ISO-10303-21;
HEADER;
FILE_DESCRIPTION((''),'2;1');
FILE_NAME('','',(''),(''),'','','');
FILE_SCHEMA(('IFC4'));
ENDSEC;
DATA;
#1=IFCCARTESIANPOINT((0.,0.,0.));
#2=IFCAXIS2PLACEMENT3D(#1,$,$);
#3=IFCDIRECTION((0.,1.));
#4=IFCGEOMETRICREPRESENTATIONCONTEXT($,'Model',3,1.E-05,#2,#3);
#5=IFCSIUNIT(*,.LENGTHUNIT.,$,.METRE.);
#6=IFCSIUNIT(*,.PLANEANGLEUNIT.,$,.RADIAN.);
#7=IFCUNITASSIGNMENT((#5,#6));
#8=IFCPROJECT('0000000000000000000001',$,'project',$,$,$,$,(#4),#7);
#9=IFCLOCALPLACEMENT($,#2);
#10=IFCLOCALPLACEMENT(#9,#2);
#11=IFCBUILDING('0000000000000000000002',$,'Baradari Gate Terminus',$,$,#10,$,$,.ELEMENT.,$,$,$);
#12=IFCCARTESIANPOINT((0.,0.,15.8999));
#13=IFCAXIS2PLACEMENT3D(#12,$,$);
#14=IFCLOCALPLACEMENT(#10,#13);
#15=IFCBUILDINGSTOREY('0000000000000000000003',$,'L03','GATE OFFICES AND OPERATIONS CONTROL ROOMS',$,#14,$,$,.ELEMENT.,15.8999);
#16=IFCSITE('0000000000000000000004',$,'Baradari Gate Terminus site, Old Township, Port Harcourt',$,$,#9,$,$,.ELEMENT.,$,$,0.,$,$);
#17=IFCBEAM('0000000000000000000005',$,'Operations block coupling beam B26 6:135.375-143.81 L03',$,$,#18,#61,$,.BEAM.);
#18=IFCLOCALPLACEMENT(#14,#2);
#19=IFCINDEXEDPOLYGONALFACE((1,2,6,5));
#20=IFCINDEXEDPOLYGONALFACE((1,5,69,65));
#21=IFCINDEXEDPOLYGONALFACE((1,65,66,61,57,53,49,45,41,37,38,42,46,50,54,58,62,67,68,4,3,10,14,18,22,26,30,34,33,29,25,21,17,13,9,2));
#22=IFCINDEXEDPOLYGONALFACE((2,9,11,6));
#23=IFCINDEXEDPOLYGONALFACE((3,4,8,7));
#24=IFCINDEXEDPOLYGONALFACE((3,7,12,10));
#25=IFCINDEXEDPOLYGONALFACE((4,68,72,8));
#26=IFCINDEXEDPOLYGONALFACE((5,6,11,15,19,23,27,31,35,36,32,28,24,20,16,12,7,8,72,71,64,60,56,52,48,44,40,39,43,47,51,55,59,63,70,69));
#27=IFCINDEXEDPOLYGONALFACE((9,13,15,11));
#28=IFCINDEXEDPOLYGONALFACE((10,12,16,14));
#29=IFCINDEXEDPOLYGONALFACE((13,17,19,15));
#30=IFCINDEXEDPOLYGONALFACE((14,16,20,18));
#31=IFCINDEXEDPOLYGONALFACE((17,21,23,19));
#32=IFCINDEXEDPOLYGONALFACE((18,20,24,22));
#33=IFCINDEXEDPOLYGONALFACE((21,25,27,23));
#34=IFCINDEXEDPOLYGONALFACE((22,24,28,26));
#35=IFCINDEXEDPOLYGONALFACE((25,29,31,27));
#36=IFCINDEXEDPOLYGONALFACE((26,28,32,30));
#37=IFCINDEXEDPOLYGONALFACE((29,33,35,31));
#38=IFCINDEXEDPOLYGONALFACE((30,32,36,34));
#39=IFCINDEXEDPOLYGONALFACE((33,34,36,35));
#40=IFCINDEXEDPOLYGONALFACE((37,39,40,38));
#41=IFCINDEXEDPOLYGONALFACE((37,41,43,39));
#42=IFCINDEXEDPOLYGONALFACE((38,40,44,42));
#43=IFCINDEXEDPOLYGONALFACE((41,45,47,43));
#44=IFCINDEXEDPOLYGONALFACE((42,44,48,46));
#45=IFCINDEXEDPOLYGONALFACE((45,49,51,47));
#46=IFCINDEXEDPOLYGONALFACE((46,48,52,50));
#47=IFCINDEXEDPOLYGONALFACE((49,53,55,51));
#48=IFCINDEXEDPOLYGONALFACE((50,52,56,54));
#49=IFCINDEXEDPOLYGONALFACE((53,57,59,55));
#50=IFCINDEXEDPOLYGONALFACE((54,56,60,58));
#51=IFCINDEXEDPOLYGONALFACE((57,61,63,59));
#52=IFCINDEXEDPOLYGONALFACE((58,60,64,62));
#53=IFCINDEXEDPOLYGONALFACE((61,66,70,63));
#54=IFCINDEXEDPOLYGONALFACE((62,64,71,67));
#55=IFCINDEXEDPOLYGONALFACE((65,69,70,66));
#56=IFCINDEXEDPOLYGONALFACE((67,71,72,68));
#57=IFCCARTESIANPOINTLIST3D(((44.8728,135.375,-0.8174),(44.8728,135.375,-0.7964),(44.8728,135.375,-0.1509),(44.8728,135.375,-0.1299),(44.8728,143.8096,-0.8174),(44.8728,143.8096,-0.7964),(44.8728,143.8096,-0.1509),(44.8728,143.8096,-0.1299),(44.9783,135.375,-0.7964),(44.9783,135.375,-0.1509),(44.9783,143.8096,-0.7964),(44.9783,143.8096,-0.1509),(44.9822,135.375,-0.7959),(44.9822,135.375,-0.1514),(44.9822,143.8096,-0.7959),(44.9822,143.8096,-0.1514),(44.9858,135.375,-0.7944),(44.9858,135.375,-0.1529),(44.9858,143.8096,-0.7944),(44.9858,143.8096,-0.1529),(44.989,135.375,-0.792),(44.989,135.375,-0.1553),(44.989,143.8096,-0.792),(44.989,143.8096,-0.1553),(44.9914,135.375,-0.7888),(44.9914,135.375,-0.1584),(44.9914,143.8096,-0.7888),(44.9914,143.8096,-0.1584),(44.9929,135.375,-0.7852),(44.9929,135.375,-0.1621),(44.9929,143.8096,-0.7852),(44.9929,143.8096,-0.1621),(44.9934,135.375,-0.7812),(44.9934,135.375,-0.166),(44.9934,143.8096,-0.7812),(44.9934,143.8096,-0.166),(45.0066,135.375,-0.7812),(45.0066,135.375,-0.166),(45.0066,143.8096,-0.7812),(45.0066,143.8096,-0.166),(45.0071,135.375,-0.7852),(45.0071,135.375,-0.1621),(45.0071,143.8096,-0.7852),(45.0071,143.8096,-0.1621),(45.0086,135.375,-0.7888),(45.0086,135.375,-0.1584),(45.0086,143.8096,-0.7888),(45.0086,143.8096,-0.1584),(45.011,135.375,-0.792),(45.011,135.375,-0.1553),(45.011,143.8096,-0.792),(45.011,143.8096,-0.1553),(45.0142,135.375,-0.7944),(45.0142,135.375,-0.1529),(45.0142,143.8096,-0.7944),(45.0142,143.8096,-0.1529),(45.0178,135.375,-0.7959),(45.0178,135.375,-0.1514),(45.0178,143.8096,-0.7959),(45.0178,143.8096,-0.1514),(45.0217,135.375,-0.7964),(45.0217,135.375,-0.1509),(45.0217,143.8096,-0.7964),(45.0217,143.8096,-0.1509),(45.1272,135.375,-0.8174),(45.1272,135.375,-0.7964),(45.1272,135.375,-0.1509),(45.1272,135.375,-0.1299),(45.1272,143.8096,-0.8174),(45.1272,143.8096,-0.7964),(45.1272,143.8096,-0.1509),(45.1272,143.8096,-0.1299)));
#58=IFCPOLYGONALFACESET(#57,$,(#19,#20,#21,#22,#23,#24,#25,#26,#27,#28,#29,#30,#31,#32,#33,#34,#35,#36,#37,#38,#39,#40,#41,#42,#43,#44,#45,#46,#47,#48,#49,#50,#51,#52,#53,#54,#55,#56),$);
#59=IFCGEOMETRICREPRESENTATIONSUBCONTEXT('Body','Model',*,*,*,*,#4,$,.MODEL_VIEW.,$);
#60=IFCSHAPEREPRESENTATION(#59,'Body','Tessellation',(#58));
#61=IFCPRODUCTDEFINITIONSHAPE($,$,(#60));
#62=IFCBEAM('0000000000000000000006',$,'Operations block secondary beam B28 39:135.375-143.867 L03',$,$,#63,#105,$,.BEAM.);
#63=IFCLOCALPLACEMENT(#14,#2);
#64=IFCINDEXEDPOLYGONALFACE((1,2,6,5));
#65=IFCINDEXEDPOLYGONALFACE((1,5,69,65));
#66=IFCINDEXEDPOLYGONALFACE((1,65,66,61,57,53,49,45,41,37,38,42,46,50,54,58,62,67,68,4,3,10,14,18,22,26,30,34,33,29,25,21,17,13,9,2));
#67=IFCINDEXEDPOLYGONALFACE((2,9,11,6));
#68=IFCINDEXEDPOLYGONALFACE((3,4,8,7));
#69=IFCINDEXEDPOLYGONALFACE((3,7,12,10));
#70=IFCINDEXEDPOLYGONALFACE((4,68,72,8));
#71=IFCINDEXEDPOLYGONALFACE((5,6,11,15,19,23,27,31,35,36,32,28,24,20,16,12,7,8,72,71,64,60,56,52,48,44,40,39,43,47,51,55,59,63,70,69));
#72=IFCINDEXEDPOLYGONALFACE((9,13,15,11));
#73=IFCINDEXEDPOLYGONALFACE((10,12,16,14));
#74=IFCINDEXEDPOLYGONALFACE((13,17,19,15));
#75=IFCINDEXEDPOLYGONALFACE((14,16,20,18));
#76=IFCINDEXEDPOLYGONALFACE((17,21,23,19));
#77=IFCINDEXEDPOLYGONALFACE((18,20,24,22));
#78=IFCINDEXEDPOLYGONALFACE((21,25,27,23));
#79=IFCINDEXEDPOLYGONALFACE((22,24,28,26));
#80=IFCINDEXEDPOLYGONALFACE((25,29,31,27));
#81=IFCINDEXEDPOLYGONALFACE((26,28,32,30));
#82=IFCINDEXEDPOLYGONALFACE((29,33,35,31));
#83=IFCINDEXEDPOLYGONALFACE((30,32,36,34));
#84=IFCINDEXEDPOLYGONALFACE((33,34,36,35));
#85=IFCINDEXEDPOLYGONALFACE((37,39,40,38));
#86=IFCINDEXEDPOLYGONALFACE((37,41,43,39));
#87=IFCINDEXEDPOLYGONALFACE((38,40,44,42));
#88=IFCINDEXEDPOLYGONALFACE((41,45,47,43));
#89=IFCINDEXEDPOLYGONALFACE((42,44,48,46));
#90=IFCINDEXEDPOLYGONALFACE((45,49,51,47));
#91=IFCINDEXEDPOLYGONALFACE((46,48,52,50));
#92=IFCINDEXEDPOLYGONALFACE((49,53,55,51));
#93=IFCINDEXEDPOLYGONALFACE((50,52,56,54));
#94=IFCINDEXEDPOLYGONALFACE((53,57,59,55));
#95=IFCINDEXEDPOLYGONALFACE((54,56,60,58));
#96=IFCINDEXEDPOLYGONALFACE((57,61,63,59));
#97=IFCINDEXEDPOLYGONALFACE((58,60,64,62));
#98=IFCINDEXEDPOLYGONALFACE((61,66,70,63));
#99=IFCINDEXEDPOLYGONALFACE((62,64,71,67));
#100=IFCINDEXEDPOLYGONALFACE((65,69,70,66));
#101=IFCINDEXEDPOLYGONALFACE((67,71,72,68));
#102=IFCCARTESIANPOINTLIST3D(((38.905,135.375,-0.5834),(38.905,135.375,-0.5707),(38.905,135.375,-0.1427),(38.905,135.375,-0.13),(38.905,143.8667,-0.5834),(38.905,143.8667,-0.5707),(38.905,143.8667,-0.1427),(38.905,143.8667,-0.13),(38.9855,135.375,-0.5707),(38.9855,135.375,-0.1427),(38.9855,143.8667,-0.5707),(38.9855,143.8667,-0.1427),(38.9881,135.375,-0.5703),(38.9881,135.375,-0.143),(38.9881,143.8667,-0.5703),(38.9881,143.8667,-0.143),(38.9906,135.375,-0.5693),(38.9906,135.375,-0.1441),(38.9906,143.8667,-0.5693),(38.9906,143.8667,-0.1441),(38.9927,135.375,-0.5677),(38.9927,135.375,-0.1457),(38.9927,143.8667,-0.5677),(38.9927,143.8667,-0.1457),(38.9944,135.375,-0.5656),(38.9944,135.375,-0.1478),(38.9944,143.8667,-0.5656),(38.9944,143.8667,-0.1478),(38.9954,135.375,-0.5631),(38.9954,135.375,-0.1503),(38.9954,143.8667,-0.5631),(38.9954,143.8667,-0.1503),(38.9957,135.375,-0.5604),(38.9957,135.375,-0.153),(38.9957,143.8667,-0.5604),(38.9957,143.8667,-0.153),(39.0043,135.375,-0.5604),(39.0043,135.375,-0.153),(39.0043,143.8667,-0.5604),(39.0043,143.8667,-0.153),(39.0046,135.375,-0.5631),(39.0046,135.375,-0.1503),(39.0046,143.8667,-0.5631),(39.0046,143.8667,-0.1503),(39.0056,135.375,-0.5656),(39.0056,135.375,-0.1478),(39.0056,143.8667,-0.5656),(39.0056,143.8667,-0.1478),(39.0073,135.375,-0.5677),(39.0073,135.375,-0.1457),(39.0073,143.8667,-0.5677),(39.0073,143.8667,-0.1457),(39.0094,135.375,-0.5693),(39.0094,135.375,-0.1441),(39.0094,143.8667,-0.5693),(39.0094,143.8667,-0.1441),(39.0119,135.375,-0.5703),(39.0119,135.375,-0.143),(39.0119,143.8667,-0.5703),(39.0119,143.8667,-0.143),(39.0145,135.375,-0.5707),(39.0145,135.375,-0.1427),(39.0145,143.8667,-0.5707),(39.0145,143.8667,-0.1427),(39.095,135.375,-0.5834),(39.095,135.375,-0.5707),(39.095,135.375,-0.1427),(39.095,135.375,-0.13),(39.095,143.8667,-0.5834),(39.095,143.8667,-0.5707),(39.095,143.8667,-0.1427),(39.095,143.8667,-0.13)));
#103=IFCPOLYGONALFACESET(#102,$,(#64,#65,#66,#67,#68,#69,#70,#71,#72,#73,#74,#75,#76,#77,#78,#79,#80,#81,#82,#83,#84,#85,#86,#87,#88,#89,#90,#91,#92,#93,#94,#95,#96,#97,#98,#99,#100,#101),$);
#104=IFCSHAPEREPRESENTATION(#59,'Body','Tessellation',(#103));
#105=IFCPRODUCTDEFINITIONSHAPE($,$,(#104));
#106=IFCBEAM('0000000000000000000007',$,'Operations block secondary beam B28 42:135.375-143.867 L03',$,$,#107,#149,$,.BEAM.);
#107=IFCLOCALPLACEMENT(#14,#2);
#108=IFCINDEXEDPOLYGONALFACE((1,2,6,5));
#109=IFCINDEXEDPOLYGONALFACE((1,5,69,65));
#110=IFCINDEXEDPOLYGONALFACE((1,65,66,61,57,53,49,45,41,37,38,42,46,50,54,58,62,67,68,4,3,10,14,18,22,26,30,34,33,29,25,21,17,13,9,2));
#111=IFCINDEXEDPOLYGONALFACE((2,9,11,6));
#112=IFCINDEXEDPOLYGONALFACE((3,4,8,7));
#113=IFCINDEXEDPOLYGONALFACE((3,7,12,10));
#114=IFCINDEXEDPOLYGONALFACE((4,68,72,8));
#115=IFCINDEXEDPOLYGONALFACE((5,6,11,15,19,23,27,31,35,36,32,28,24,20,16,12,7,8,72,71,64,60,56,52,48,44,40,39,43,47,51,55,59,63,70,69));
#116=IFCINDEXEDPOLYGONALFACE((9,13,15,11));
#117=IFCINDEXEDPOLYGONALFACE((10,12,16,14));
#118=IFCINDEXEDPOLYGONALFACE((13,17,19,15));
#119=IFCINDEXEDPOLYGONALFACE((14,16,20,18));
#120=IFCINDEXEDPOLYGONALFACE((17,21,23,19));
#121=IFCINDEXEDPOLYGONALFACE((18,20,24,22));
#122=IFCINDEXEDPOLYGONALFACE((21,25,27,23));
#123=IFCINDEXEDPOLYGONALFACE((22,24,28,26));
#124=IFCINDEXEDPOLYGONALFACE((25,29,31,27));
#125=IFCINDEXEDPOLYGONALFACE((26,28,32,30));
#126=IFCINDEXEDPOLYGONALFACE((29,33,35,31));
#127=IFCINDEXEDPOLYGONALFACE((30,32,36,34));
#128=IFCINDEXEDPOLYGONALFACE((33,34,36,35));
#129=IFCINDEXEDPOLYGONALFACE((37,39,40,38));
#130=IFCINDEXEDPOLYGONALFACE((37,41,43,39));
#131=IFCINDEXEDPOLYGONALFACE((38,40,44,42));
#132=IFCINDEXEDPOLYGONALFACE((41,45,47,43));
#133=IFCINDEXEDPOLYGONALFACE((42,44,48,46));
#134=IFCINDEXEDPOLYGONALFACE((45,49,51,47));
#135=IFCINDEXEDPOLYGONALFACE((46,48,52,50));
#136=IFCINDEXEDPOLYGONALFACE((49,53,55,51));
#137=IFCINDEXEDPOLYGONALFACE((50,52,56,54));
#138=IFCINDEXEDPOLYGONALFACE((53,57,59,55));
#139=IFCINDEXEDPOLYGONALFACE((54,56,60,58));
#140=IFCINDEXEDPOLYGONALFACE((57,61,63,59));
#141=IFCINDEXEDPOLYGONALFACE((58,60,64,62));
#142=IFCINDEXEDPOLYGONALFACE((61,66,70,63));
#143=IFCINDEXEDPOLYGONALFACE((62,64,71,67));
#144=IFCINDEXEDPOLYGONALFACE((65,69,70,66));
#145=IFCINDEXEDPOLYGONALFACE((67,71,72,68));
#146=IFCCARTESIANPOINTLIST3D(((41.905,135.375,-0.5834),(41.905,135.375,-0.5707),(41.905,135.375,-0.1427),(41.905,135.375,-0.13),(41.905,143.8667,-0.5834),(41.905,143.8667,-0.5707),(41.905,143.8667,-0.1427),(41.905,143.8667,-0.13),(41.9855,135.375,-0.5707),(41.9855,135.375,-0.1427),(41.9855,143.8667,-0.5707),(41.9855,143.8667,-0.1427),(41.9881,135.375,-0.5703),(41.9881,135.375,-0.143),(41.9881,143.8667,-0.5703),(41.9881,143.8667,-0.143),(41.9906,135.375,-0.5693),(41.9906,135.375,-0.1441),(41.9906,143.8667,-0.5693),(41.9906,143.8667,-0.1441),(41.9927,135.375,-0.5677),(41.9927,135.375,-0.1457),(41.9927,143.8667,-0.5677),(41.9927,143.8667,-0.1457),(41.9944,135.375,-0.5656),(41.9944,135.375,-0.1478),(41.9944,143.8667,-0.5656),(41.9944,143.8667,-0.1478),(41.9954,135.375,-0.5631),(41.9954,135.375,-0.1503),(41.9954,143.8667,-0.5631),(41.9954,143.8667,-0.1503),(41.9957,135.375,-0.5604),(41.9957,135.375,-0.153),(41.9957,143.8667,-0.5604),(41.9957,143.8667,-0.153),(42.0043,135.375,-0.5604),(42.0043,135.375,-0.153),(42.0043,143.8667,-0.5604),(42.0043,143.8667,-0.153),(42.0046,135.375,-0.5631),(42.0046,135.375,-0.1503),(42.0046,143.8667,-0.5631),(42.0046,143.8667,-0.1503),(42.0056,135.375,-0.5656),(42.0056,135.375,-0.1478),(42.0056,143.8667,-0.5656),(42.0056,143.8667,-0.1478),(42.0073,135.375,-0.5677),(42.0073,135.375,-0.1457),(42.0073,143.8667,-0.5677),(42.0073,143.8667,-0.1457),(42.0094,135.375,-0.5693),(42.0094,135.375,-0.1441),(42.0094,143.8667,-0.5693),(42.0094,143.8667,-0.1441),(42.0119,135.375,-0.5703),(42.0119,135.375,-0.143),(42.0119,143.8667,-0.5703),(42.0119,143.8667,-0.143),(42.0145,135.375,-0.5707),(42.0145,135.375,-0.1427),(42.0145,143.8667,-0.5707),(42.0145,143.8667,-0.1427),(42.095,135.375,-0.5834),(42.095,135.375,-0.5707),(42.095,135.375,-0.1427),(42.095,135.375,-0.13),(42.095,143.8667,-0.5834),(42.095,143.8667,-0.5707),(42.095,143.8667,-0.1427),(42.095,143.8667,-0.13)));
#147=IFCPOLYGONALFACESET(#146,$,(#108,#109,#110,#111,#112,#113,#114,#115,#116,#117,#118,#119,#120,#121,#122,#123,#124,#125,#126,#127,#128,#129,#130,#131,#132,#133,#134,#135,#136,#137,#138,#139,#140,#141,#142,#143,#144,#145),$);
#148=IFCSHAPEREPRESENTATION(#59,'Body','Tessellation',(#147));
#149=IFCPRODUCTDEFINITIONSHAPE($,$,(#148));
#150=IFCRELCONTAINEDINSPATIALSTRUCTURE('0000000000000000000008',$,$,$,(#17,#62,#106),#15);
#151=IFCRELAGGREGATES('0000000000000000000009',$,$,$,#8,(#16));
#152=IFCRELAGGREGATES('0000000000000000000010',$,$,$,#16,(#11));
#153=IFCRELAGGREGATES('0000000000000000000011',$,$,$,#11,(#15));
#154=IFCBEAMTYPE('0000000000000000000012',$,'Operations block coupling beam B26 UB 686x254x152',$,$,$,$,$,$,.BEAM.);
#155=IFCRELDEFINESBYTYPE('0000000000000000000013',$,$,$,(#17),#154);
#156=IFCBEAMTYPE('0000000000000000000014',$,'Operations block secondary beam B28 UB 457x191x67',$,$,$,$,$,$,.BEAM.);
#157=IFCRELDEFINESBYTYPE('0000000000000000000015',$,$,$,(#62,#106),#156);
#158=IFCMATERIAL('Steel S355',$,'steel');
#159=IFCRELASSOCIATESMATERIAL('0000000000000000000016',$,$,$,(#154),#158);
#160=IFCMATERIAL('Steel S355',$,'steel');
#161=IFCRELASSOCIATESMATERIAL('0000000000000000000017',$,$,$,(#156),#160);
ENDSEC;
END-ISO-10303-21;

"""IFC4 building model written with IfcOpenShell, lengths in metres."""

from ifc_helpers import new_model, si_unit, direction, frame, origin, origin_2d, place, context, subcontext, project, spatial, i_section, extrude, material, material_profile, profile_set, type_object, element, save


model = new_model("IFC4")

# Units and contexts
model_context = context("Model", 3, precision=1e-05, world=origin(), true_north=direction((0.0, 1.0)))
body_context = subcontext(model_context, "Body", "Model", "MODEL_VIEW")
ifc_project = project(units=[si_unit("LENGTHUNIT", "METRE"), si_unit("PLANEANGLEUNIT", "RADIAN")], contexts=[model_context])

# Site, building, storey
site_placement = place(None, origin())
site = spatial("IfcSite", under=ifc_project, at=site_placement, Name="Baradari Gate Terminus site, Old Township, Port Harcourt", CompositionType="ELEMENT", RefElevation=0.0)
building_placement = place(site_placement, origin())
building = spatial("IfcBuilding", under=site, at=building_placement, Name="Baradari Gate Terminus", CompositionType="ELEMENT")
storey_placement = place(building_placement, frame((0.0, 0.0, 15.8999)))
storey = spatial("IfcBuildingStorey", under=building, at=storey_placement, Name="L03", Description="GATE OFFICES AND OPERATIONS CONTROL ROOMS", CompositionType="ELEMENT", Elevation=15.8999)

# Beams
ifc_material_1 = material(Name="Steel S355", Category="steel")
ifc_material_profile_1 = material_profile(ifc_material_1, i_section(OverallWidth=0.2544, OverallDepth=0.6875, WebThickness=0.0132, FlangeThickness=0.021, FilletRadius=0.0151, at=origin_2d()), Name="UB 686x254x152")
ifc_profile_set_1 = profile_set([ifc_material_profile_1], Name="Steel S355")
beam_type_1 = type_object("IfcBeamType", Name="Operations block coupling beam B26 UB 686x254x152", PredefinedType="BEAM", material=ifc_profile_set_1)
beam_1_placement = place(storey_placement, frame((45.0, 135.375, -0.4736), z_axis=(0.0, 1.0, 0.0), x_axis=(-1.0, 0.0, 0.0)))
element("IfcBeam", 1, at=beam_1_placement, inside=storey, type_object=beam_type_1, Name="Operations block coupling beam B26 6:135.375-143.81 L03", PredefinedType="BEAM", context=body_context, shape_type="SweptSolid", body=[
    extrude(i_section(OverallWidth=0.2544, OverallDepth=0.6875, WebThickness=0.0132, FlangeThickness=0.021, FilletRadius=0.0151, at=origin_2d()), origin(), (0.0, 0.0, 1.0), 8.4346),
])
ifc_material_2 = material(Name="Steel S355", Category="steel")
ifc_material_profile_2 = material_profile(ifc_material_2, i_section(OverallWidth=0.1899, OverallDepth=0.4534, WebThickness=0.0085, FlangeThickness=0.0127, FilletRadius=0.0103, at=origin_2d()), Name="UB 457x191x67")
ifc_profile_set_2 = profile_set([ifc_material_profile_2], Name="Steel S355")
beam_type_2 = type_object("IfcBeamType", Name="Operations block secondary beam B28 UB 457x191x67", PredefinedType="BEAM", material=ifc_profile_set_2)
for number, where, z_axis, x_axis, name in (
    (2, (39.0, 135.375, -0.3567), (0.0, 1.0, 0.0), (-1.0, 0.0, 0.0), "Operations block secondary beam B28 39:135.375-143.867 L03"),
    (3, (42.0, 135.375, -0.3567), (0.0, 1.0, 0.0), (-1.0, 0.0, 0.0), "Operations block secondary beam B28 42:135.375-143.867 L03"),
):
    element("IfcBeam", number, at=place(storey_placement, frame(where, z_axis=z_axis, x_axis=x_axis)), inside=storey, type_object=beam_type_2, Name=name, PredefinedType="BEAM", context=body_context, shape_type="SweptSolid", body=[
        extrude(i_section(OverallWidth=0.1899, OverallDepth=0.4534, WebThickness=0.0085, FlangeThickness=0.0127, FilletRadius=0.0103, at=origin_2d()), origin(), (0.0, 0.0, 1.0), 8.4917),
    ])

save(model, "model.ifc")
